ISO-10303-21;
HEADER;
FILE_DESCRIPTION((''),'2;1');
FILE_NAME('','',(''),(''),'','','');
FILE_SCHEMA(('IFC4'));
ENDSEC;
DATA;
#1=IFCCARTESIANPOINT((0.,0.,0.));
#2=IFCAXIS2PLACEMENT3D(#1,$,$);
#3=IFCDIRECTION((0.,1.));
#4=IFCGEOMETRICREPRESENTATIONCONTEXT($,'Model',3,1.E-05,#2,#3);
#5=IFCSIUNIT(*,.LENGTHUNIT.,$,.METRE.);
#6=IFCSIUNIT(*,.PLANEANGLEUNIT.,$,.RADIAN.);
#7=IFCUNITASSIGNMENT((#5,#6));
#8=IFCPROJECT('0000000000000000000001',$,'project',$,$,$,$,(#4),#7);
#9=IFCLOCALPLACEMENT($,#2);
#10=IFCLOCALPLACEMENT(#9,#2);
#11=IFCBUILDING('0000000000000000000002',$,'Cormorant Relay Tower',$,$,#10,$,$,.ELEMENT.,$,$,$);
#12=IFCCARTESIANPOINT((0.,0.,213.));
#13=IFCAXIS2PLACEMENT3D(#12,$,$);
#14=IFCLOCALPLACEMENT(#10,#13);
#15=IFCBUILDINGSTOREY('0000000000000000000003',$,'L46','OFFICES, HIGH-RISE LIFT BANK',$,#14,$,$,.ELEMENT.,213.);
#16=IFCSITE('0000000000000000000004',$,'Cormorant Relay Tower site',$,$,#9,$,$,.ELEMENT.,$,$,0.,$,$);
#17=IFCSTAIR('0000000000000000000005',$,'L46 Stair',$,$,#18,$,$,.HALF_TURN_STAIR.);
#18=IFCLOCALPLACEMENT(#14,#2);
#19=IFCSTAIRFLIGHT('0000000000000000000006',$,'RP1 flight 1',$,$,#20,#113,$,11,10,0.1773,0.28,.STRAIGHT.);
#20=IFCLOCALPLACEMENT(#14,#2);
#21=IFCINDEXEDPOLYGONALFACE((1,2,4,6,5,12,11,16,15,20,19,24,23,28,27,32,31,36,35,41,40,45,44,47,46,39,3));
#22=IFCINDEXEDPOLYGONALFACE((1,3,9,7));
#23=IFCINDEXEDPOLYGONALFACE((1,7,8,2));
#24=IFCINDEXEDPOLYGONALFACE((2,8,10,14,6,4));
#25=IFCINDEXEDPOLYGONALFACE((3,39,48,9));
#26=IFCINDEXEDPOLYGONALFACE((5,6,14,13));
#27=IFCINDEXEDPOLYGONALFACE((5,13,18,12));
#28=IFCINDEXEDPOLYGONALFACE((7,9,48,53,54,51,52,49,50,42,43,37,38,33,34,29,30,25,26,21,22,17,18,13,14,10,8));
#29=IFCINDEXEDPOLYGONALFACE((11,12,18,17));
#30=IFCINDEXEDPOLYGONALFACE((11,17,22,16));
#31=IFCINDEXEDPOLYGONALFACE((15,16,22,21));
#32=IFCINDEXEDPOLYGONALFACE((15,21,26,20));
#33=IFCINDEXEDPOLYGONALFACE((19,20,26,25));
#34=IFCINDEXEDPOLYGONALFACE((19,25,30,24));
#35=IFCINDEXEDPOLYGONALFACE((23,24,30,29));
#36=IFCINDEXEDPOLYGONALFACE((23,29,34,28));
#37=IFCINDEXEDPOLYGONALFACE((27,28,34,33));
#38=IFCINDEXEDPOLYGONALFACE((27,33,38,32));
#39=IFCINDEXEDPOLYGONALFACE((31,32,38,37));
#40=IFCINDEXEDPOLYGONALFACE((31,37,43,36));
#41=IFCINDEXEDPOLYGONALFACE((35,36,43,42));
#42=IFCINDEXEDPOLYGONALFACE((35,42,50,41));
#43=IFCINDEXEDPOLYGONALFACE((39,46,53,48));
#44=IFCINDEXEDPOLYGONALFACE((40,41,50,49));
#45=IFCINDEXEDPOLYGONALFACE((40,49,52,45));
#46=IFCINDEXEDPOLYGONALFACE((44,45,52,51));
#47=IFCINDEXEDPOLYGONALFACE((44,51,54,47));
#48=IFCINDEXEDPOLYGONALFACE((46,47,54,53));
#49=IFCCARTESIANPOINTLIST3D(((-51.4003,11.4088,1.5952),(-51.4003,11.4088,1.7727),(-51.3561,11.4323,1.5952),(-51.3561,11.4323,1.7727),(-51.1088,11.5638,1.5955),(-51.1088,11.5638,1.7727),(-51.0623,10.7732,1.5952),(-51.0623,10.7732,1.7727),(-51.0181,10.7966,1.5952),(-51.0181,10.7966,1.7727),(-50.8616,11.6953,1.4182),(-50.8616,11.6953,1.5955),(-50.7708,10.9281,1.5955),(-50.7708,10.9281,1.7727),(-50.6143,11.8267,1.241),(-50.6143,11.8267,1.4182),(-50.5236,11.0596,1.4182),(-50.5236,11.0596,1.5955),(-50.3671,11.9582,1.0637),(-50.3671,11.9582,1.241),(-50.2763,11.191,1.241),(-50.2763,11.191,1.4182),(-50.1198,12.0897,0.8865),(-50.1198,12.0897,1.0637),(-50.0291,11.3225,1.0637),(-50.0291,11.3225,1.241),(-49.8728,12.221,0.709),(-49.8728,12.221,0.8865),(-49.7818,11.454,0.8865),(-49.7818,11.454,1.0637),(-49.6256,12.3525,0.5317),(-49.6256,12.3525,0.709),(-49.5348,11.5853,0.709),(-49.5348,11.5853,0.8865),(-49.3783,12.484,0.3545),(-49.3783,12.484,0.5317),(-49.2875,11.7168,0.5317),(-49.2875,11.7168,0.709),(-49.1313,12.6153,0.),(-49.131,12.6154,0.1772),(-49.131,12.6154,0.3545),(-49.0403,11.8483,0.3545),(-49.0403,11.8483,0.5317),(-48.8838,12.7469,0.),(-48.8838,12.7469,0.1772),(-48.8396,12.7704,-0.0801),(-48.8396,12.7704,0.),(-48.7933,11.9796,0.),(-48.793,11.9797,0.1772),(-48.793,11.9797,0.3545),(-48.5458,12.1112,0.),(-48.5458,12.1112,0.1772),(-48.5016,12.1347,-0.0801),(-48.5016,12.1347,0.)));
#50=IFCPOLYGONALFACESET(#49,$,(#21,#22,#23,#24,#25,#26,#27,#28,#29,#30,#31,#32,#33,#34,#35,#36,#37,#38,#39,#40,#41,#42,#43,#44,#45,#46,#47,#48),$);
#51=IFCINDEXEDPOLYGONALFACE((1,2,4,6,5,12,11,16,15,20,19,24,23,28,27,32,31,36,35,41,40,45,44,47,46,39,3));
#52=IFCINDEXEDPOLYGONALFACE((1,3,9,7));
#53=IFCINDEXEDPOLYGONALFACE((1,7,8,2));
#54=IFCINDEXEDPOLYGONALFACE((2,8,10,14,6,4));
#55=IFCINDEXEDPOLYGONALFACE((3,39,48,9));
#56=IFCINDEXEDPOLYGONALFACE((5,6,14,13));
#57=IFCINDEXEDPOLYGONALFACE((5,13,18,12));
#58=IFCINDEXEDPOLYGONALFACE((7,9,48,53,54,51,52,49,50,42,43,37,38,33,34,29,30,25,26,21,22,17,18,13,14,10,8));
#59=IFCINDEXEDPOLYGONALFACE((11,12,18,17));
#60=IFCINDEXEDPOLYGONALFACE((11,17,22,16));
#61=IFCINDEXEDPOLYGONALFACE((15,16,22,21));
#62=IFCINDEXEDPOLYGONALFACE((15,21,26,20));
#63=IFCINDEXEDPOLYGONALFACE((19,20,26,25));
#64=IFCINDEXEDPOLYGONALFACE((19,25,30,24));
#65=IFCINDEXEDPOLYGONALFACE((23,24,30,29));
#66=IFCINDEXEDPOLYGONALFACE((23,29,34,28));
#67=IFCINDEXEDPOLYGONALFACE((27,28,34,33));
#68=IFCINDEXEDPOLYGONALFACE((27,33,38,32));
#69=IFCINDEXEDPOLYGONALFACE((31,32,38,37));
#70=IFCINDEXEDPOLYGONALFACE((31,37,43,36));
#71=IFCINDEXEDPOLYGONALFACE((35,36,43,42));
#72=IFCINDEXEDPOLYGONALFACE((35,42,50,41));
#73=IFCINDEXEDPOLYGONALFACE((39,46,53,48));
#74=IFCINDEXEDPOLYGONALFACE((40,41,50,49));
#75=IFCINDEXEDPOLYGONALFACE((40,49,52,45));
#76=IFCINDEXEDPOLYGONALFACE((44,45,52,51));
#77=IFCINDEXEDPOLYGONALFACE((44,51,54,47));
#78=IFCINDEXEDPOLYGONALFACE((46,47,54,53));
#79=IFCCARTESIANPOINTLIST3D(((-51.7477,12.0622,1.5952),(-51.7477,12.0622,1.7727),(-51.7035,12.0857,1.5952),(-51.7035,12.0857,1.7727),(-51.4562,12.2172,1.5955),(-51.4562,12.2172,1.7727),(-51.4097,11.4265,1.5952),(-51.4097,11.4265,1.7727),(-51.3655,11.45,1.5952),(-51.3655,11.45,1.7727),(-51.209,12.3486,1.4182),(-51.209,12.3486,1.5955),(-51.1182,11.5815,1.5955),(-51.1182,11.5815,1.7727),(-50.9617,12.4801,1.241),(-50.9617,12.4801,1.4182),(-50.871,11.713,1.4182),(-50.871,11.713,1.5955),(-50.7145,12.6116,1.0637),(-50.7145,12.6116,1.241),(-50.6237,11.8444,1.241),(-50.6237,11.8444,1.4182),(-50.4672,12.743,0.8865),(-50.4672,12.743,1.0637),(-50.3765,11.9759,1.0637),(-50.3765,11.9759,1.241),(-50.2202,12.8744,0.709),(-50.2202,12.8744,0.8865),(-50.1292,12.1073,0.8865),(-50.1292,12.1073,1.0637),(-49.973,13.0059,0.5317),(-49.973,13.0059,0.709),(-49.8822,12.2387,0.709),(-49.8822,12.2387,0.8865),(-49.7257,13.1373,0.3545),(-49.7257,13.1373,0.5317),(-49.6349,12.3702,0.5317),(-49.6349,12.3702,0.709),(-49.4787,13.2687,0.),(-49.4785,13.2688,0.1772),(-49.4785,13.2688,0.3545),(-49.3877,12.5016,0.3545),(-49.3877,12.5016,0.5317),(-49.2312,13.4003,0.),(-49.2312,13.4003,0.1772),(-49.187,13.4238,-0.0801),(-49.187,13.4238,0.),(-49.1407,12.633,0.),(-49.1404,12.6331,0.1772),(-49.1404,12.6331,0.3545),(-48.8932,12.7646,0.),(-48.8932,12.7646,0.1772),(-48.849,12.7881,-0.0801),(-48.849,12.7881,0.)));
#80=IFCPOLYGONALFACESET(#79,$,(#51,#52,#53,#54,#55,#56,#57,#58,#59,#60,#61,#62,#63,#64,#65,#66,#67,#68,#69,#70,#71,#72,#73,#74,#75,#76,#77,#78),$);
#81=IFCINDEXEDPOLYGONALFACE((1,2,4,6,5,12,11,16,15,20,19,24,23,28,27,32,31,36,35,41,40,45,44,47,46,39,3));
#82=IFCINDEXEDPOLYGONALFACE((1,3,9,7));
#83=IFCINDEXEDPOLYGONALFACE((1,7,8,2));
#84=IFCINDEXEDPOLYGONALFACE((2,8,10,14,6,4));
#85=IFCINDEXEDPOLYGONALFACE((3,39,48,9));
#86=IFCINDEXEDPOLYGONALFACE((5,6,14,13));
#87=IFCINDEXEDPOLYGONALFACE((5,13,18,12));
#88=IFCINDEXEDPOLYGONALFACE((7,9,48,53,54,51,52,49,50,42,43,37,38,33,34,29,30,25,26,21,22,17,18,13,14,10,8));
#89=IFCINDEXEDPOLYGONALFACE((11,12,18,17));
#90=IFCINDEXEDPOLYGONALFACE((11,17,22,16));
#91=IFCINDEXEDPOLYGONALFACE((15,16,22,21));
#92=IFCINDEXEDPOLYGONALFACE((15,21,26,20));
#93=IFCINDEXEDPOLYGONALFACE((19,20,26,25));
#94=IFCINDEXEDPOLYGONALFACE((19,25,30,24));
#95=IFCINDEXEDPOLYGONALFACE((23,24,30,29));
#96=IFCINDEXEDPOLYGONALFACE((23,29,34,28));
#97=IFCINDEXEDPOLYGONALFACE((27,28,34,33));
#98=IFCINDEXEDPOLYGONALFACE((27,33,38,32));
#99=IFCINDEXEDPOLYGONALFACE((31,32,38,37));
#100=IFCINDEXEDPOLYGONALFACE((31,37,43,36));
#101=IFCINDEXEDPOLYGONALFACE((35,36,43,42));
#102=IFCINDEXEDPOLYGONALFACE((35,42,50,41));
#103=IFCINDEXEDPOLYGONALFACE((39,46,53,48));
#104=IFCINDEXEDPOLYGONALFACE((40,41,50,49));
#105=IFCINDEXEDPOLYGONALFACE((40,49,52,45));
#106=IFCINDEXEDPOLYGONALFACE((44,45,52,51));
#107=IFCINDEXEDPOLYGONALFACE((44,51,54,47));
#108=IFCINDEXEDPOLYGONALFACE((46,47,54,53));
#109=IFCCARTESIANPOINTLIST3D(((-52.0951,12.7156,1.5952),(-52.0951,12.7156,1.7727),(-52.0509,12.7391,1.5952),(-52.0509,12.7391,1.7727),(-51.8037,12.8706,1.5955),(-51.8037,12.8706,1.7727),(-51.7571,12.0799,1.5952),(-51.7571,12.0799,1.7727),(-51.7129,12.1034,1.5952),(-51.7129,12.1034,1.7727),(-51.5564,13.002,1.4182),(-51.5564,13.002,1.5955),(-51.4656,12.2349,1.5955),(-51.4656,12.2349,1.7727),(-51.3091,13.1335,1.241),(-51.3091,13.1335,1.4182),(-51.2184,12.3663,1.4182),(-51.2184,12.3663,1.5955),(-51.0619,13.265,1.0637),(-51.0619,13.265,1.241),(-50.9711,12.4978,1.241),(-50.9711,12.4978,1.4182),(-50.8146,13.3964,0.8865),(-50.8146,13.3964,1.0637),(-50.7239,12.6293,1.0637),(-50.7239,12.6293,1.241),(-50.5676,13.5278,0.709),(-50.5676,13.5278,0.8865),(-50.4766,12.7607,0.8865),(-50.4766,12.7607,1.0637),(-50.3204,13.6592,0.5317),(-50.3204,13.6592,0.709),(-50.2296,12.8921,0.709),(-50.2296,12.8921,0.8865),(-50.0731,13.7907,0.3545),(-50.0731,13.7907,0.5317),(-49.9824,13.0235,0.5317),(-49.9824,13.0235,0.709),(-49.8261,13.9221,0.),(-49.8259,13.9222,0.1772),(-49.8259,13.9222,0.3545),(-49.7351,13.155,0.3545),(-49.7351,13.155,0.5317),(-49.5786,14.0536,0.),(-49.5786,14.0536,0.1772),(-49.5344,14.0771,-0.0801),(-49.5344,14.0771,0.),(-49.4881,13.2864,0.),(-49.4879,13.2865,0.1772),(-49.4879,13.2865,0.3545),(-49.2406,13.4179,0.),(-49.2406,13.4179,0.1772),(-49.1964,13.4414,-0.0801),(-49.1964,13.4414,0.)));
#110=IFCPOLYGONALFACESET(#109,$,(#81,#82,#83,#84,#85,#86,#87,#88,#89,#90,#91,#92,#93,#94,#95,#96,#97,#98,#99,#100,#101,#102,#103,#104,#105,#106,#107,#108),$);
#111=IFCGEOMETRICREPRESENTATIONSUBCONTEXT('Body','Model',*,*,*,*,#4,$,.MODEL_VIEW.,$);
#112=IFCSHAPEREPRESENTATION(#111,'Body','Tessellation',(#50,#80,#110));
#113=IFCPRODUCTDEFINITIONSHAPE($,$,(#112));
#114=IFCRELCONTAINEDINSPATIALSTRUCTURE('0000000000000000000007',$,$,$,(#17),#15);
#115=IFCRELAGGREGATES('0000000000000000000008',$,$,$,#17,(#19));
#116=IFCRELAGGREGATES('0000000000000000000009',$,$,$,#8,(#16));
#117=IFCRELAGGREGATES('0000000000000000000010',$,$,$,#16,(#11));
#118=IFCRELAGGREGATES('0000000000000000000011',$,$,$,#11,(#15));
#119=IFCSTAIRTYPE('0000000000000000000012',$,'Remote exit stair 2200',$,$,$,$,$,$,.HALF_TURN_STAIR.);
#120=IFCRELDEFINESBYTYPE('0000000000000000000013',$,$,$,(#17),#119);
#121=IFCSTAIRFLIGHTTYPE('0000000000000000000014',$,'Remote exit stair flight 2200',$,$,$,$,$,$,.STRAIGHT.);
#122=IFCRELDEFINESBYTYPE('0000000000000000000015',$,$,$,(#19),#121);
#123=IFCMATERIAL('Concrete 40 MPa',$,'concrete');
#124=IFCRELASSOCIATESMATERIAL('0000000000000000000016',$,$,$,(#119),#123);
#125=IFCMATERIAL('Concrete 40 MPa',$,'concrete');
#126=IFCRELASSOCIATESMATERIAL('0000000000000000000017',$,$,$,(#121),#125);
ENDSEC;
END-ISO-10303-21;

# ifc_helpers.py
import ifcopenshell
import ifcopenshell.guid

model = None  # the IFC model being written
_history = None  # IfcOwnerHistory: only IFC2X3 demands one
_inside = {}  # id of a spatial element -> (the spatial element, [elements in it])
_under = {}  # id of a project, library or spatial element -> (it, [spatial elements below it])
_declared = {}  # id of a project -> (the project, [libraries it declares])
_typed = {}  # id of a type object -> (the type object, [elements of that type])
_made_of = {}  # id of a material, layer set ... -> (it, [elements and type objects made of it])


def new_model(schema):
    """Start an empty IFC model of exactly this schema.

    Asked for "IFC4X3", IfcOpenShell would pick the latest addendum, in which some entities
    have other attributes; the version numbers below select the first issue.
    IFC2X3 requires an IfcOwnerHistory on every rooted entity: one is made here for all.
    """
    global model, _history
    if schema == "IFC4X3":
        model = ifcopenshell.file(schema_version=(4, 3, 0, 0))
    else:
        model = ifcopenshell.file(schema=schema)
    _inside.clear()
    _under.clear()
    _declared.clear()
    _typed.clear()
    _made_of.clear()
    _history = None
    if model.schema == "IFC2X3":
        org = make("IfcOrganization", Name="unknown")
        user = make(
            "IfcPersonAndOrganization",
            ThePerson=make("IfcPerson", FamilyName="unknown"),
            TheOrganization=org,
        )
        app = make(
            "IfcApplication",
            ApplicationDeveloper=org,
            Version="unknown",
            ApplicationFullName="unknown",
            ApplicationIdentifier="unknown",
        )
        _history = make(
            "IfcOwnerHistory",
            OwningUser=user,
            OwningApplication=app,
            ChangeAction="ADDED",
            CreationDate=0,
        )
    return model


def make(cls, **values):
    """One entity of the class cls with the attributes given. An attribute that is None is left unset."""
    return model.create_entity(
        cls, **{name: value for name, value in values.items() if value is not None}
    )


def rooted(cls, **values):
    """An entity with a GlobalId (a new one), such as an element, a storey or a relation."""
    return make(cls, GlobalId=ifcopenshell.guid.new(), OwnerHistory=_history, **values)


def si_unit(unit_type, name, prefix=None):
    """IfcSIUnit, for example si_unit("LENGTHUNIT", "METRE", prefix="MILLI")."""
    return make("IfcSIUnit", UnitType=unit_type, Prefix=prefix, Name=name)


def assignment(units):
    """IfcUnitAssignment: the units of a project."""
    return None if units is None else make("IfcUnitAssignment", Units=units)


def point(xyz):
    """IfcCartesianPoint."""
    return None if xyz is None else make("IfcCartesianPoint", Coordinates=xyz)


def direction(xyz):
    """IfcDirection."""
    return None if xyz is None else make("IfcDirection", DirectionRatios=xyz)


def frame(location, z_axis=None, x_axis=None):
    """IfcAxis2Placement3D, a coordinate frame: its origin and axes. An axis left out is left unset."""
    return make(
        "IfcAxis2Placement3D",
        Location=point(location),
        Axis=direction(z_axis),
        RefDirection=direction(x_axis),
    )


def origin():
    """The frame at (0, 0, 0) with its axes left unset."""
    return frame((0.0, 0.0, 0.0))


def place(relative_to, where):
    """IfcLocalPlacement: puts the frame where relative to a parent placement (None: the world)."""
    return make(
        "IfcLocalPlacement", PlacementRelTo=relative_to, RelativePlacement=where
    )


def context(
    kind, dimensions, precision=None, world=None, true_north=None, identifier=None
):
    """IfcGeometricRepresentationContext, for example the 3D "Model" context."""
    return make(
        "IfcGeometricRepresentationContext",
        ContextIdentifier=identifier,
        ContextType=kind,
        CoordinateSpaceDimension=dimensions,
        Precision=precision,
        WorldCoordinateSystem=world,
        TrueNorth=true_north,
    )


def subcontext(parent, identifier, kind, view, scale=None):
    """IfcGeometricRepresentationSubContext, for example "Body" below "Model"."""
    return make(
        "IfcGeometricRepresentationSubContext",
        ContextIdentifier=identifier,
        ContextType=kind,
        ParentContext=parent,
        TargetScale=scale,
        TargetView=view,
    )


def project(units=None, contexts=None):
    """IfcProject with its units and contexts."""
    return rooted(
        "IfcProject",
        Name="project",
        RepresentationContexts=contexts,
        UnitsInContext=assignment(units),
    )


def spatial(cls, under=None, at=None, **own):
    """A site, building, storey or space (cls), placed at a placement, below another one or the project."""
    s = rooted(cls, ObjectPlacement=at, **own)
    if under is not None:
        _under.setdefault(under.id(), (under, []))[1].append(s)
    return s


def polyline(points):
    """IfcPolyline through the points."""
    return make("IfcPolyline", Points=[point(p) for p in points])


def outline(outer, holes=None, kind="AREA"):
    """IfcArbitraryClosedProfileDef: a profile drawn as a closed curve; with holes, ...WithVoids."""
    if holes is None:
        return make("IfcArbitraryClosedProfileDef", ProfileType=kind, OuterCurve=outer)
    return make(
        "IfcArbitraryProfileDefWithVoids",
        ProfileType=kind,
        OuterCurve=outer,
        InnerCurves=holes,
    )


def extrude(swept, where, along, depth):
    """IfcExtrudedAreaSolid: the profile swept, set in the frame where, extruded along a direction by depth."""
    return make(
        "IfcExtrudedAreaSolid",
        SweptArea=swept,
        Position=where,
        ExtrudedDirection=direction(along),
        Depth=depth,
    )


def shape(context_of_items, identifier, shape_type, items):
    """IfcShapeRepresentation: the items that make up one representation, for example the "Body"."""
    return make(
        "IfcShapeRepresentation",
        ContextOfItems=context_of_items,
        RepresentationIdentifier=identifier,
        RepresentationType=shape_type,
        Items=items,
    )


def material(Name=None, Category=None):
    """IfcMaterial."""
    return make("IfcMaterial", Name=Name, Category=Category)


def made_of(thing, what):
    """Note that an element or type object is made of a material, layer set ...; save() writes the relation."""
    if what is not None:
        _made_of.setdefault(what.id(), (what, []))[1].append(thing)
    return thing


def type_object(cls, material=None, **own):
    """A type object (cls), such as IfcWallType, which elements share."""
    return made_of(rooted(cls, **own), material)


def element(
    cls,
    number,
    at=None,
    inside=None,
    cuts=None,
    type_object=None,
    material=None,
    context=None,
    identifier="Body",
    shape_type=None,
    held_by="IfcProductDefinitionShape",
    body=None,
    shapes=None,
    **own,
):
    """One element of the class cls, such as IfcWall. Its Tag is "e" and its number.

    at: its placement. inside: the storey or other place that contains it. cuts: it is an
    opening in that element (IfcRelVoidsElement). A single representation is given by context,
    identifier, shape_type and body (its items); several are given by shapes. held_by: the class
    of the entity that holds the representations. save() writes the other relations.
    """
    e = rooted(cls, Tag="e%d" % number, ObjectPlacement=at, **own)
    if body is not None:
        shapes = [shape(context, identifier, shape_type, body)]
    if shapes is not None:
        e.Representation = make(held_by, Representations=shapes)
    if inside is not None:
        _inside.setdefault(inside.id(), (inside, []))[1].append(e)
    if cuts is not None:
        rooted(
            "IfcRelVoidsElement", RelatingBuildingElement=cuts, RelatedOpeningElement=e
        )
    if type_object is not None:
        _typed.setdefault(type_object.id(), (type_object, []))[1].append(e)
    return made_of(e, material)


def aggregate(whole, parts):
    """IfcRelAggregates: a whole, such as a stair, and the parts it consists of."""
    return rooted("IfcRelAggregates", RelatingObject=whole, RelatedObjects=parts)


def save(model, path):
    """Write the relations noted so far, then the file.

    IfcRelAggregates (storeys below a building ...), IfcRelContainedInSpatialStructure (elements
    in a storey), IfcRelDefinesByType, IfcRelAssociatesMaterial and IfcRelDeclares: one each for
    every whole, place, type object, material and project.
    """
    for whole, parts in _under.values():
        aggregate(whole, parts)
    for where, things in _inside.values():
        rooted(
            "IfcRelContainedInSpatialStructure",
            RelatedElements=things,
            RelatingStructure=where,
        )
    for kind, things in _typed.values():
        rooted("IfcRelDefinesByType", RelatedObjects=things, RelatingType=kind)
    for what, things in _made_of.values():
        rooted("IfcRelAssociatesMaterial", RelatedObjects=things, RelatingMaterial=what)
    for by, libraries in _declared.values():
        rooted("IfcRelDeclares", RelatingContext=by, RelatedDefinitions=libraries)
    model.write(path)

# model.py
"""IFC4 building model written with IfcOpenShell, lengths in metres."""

from ifc_helpers import new_model, si_unit, direction, frame, origin, place, context, subcontext, project, spatial, polyline, outline, extrude, material, type_object, element, aggregate, save


model = new_model("IFC4")

# Units and contexts
model_context = context("Model", 3, precision=1e-05, world=origin(), true_north=direction((0.0, 1.0)))
body_context = subcontext(model_context, "Body", "Model", "MODEL_VIEW")
ifc_project = project(units=[si_unit("LENGTHUNIT", "METRE"), si_unit("PLANEANGLEUNIT", "RADIAN")], contexts=[model_context])

# Site, building, storey
site_placement = place(None, origin())
site = spatial("IfcSite", under=ifc_project, at=site_placement, Name="Cormorant Relay Tower site", CompositionType="ELEMENT", RefElevation=0.0)
building_placement = place(site_placement, origin())
building = spatial("IfcBuilding", under=site, at=building_placement, Name="Cormorant Relay Tower", CompositionType="ELEMENT")
storey_placement = place(building_placement, frame((0.0, 0.0, 213.0)))
storey = spatial("IfcBuildingStorey", under=building, at=storey_placement, Name="L46", Description="OFFICES, HIGH-RISE LIFT BANK", CompositionType="ELEMENT", Elevation=213.0)

# Stair, stair flight
ifc_material_1 = material(Name="Concrete 40 MPa", Category="concrete")
stair_type = type_object("IfcStairType", Name="Remote exit stair 2200", PredefinedType="HALF_TURN_STAIR", material=ifc_material_1)
stair_placement = place(storey_placement, origin())
stair = element("IfcStair", 1, at=stair_placement, inside=storey, type_object=stair_type, Name="L46 Stair", PredefinedType="HALF_TURN_STAIR")
ifc_material_2 = material(Name="Concrete 40 MPa", Category="concrete")
stair_flight_type = type_object("IfcStairFlightType", Name="Remote exit stair flight 2200", PredefinedType="STRAIGHT", material=ifc_material_2)
stair_flight_1_placement = place(storey_placement, frame((-49.0623, 13.0825, 0.0), z_axis=(0.0, 0.0, 1.0), x_axis=(-0.882948, -0.469472, 0.0)))
stair_flight_1 = element("IfcStairFlight", 2, at=stair_flight_1_placement, type_object=stair_flight_type, Name="RP1 flight 1", NumberOfRisers=11, NumberOfTreads=10, PredefinedType="STRAIGHT", RiserHeight=0.1773, TreadLength=0.28, context=body_context, shape_type="SweptSolid", body=[
    extrude(outline(polyline([(-0.05, -0.0801), (-0.05, 0.0), (0.0, 0.0), (0.0, 0.1772), (0.28, 0.1772), (0.28, 0.3545), (0.5601, 0.3545), (0.5601, 0.5317), (0.8401, 0.5317), (0.8401, 0.709), (1.1201, 0.709), (1.1201, 0.8865), (1.3999, 0.8865), (1.3999, 1.0637), (1.6799, 1.0637), (1.6799, 1.241), (1.96, 1.241), (1.96, 1.4182), (2.24, 1.4182), (2.24, 1.5955), (2.52, 1.5955), (2.52, 1.7727), (2.8, 1.7727), (2.8501, 1.7727), (2.8501, 1.5952), (2.8, 1.5952), (0.2803, 0.0), (-0.05, -0.0801)])), frame((0.0, 1.1001, 0.0), z_axis=(0.0, -1.0, 0.0), x_axis=(1.0, 0.0, 0.0)), (0.0, 0.0, 1.0), 0.72),
    extrude(outline(polyline([(-0.05, -0.0801), (-0.05, 0.0), (0.0, 0.0), (0.0, 0.1772), (0.28, 0.1772), (0.28, 0.3545), (0.5601, 0.3545), (0.5601, 0.5317), (0.8401, 0.5317), (0.8401, 0.709), (1.1201, 0.709), (1.1201, 0.8865), (1.3999, 0.8865), (1.3999, 1.0637), (1.6799, 1.0637), (1.6799, 1.241), (1.96, 1.241), (1.96, 1.4182), (2.24, 1.4182), (2.24, 1.5955), (2.52, 1.5955), (2.52, 1.7727), (2.8, 1.7727), (2.8501, 1.7727), (2.8501, 1.5952), (2.8, 1.5952), (0.2803, 0.0), (-0.05, -0.0801)])), frame((0.0, 0.3601, 0.0), z_axis=(0.0, -1.0, 0.0), x_axis=(1.0, 0.0, 0.0)), (0.0, 0.0, 1.0), 0.72),
    extrude(outline(polyline([(-0.05, -0.0801), (-0.05, 0.0), (0.0, 0.0), (0.0, 0.1772), (0.28, 0.1772), (0.28, 0.3545), (0.5601, 0.3545), (0.5601, 0.5317), (0.8401, 0.5317), (0.8401, 0.709), (1.1201, 0.709), (1.1201, 0.8865), (1.3999, 0.8865), (1.3999, 1.0637), (1.6799, 1.0637), (1.6799, 1.241), (1.96, 1.241), (1.96, 1.4182), (2.24, 1.4182), (2.24, 1.5955), (2.52, 1.5955), (2.52, 1.7727), (2.8, 1.7727), (2.8501, 1.7727), (2.8501, 1.5952), (2.8, 1.5952), (0.2803, 0.0), (-0.05, -0.0801)])), frame((0.0, -0.3799, 0.0), z_axis=(0.0, -1.0, 0.0), x_axis=(1.0, 0.0, 0.0)), (0.0, 0.0, 1.0), 0.72),
])
aggregate(stair, [stair_flight_1])

save(model, "model.ifc")
